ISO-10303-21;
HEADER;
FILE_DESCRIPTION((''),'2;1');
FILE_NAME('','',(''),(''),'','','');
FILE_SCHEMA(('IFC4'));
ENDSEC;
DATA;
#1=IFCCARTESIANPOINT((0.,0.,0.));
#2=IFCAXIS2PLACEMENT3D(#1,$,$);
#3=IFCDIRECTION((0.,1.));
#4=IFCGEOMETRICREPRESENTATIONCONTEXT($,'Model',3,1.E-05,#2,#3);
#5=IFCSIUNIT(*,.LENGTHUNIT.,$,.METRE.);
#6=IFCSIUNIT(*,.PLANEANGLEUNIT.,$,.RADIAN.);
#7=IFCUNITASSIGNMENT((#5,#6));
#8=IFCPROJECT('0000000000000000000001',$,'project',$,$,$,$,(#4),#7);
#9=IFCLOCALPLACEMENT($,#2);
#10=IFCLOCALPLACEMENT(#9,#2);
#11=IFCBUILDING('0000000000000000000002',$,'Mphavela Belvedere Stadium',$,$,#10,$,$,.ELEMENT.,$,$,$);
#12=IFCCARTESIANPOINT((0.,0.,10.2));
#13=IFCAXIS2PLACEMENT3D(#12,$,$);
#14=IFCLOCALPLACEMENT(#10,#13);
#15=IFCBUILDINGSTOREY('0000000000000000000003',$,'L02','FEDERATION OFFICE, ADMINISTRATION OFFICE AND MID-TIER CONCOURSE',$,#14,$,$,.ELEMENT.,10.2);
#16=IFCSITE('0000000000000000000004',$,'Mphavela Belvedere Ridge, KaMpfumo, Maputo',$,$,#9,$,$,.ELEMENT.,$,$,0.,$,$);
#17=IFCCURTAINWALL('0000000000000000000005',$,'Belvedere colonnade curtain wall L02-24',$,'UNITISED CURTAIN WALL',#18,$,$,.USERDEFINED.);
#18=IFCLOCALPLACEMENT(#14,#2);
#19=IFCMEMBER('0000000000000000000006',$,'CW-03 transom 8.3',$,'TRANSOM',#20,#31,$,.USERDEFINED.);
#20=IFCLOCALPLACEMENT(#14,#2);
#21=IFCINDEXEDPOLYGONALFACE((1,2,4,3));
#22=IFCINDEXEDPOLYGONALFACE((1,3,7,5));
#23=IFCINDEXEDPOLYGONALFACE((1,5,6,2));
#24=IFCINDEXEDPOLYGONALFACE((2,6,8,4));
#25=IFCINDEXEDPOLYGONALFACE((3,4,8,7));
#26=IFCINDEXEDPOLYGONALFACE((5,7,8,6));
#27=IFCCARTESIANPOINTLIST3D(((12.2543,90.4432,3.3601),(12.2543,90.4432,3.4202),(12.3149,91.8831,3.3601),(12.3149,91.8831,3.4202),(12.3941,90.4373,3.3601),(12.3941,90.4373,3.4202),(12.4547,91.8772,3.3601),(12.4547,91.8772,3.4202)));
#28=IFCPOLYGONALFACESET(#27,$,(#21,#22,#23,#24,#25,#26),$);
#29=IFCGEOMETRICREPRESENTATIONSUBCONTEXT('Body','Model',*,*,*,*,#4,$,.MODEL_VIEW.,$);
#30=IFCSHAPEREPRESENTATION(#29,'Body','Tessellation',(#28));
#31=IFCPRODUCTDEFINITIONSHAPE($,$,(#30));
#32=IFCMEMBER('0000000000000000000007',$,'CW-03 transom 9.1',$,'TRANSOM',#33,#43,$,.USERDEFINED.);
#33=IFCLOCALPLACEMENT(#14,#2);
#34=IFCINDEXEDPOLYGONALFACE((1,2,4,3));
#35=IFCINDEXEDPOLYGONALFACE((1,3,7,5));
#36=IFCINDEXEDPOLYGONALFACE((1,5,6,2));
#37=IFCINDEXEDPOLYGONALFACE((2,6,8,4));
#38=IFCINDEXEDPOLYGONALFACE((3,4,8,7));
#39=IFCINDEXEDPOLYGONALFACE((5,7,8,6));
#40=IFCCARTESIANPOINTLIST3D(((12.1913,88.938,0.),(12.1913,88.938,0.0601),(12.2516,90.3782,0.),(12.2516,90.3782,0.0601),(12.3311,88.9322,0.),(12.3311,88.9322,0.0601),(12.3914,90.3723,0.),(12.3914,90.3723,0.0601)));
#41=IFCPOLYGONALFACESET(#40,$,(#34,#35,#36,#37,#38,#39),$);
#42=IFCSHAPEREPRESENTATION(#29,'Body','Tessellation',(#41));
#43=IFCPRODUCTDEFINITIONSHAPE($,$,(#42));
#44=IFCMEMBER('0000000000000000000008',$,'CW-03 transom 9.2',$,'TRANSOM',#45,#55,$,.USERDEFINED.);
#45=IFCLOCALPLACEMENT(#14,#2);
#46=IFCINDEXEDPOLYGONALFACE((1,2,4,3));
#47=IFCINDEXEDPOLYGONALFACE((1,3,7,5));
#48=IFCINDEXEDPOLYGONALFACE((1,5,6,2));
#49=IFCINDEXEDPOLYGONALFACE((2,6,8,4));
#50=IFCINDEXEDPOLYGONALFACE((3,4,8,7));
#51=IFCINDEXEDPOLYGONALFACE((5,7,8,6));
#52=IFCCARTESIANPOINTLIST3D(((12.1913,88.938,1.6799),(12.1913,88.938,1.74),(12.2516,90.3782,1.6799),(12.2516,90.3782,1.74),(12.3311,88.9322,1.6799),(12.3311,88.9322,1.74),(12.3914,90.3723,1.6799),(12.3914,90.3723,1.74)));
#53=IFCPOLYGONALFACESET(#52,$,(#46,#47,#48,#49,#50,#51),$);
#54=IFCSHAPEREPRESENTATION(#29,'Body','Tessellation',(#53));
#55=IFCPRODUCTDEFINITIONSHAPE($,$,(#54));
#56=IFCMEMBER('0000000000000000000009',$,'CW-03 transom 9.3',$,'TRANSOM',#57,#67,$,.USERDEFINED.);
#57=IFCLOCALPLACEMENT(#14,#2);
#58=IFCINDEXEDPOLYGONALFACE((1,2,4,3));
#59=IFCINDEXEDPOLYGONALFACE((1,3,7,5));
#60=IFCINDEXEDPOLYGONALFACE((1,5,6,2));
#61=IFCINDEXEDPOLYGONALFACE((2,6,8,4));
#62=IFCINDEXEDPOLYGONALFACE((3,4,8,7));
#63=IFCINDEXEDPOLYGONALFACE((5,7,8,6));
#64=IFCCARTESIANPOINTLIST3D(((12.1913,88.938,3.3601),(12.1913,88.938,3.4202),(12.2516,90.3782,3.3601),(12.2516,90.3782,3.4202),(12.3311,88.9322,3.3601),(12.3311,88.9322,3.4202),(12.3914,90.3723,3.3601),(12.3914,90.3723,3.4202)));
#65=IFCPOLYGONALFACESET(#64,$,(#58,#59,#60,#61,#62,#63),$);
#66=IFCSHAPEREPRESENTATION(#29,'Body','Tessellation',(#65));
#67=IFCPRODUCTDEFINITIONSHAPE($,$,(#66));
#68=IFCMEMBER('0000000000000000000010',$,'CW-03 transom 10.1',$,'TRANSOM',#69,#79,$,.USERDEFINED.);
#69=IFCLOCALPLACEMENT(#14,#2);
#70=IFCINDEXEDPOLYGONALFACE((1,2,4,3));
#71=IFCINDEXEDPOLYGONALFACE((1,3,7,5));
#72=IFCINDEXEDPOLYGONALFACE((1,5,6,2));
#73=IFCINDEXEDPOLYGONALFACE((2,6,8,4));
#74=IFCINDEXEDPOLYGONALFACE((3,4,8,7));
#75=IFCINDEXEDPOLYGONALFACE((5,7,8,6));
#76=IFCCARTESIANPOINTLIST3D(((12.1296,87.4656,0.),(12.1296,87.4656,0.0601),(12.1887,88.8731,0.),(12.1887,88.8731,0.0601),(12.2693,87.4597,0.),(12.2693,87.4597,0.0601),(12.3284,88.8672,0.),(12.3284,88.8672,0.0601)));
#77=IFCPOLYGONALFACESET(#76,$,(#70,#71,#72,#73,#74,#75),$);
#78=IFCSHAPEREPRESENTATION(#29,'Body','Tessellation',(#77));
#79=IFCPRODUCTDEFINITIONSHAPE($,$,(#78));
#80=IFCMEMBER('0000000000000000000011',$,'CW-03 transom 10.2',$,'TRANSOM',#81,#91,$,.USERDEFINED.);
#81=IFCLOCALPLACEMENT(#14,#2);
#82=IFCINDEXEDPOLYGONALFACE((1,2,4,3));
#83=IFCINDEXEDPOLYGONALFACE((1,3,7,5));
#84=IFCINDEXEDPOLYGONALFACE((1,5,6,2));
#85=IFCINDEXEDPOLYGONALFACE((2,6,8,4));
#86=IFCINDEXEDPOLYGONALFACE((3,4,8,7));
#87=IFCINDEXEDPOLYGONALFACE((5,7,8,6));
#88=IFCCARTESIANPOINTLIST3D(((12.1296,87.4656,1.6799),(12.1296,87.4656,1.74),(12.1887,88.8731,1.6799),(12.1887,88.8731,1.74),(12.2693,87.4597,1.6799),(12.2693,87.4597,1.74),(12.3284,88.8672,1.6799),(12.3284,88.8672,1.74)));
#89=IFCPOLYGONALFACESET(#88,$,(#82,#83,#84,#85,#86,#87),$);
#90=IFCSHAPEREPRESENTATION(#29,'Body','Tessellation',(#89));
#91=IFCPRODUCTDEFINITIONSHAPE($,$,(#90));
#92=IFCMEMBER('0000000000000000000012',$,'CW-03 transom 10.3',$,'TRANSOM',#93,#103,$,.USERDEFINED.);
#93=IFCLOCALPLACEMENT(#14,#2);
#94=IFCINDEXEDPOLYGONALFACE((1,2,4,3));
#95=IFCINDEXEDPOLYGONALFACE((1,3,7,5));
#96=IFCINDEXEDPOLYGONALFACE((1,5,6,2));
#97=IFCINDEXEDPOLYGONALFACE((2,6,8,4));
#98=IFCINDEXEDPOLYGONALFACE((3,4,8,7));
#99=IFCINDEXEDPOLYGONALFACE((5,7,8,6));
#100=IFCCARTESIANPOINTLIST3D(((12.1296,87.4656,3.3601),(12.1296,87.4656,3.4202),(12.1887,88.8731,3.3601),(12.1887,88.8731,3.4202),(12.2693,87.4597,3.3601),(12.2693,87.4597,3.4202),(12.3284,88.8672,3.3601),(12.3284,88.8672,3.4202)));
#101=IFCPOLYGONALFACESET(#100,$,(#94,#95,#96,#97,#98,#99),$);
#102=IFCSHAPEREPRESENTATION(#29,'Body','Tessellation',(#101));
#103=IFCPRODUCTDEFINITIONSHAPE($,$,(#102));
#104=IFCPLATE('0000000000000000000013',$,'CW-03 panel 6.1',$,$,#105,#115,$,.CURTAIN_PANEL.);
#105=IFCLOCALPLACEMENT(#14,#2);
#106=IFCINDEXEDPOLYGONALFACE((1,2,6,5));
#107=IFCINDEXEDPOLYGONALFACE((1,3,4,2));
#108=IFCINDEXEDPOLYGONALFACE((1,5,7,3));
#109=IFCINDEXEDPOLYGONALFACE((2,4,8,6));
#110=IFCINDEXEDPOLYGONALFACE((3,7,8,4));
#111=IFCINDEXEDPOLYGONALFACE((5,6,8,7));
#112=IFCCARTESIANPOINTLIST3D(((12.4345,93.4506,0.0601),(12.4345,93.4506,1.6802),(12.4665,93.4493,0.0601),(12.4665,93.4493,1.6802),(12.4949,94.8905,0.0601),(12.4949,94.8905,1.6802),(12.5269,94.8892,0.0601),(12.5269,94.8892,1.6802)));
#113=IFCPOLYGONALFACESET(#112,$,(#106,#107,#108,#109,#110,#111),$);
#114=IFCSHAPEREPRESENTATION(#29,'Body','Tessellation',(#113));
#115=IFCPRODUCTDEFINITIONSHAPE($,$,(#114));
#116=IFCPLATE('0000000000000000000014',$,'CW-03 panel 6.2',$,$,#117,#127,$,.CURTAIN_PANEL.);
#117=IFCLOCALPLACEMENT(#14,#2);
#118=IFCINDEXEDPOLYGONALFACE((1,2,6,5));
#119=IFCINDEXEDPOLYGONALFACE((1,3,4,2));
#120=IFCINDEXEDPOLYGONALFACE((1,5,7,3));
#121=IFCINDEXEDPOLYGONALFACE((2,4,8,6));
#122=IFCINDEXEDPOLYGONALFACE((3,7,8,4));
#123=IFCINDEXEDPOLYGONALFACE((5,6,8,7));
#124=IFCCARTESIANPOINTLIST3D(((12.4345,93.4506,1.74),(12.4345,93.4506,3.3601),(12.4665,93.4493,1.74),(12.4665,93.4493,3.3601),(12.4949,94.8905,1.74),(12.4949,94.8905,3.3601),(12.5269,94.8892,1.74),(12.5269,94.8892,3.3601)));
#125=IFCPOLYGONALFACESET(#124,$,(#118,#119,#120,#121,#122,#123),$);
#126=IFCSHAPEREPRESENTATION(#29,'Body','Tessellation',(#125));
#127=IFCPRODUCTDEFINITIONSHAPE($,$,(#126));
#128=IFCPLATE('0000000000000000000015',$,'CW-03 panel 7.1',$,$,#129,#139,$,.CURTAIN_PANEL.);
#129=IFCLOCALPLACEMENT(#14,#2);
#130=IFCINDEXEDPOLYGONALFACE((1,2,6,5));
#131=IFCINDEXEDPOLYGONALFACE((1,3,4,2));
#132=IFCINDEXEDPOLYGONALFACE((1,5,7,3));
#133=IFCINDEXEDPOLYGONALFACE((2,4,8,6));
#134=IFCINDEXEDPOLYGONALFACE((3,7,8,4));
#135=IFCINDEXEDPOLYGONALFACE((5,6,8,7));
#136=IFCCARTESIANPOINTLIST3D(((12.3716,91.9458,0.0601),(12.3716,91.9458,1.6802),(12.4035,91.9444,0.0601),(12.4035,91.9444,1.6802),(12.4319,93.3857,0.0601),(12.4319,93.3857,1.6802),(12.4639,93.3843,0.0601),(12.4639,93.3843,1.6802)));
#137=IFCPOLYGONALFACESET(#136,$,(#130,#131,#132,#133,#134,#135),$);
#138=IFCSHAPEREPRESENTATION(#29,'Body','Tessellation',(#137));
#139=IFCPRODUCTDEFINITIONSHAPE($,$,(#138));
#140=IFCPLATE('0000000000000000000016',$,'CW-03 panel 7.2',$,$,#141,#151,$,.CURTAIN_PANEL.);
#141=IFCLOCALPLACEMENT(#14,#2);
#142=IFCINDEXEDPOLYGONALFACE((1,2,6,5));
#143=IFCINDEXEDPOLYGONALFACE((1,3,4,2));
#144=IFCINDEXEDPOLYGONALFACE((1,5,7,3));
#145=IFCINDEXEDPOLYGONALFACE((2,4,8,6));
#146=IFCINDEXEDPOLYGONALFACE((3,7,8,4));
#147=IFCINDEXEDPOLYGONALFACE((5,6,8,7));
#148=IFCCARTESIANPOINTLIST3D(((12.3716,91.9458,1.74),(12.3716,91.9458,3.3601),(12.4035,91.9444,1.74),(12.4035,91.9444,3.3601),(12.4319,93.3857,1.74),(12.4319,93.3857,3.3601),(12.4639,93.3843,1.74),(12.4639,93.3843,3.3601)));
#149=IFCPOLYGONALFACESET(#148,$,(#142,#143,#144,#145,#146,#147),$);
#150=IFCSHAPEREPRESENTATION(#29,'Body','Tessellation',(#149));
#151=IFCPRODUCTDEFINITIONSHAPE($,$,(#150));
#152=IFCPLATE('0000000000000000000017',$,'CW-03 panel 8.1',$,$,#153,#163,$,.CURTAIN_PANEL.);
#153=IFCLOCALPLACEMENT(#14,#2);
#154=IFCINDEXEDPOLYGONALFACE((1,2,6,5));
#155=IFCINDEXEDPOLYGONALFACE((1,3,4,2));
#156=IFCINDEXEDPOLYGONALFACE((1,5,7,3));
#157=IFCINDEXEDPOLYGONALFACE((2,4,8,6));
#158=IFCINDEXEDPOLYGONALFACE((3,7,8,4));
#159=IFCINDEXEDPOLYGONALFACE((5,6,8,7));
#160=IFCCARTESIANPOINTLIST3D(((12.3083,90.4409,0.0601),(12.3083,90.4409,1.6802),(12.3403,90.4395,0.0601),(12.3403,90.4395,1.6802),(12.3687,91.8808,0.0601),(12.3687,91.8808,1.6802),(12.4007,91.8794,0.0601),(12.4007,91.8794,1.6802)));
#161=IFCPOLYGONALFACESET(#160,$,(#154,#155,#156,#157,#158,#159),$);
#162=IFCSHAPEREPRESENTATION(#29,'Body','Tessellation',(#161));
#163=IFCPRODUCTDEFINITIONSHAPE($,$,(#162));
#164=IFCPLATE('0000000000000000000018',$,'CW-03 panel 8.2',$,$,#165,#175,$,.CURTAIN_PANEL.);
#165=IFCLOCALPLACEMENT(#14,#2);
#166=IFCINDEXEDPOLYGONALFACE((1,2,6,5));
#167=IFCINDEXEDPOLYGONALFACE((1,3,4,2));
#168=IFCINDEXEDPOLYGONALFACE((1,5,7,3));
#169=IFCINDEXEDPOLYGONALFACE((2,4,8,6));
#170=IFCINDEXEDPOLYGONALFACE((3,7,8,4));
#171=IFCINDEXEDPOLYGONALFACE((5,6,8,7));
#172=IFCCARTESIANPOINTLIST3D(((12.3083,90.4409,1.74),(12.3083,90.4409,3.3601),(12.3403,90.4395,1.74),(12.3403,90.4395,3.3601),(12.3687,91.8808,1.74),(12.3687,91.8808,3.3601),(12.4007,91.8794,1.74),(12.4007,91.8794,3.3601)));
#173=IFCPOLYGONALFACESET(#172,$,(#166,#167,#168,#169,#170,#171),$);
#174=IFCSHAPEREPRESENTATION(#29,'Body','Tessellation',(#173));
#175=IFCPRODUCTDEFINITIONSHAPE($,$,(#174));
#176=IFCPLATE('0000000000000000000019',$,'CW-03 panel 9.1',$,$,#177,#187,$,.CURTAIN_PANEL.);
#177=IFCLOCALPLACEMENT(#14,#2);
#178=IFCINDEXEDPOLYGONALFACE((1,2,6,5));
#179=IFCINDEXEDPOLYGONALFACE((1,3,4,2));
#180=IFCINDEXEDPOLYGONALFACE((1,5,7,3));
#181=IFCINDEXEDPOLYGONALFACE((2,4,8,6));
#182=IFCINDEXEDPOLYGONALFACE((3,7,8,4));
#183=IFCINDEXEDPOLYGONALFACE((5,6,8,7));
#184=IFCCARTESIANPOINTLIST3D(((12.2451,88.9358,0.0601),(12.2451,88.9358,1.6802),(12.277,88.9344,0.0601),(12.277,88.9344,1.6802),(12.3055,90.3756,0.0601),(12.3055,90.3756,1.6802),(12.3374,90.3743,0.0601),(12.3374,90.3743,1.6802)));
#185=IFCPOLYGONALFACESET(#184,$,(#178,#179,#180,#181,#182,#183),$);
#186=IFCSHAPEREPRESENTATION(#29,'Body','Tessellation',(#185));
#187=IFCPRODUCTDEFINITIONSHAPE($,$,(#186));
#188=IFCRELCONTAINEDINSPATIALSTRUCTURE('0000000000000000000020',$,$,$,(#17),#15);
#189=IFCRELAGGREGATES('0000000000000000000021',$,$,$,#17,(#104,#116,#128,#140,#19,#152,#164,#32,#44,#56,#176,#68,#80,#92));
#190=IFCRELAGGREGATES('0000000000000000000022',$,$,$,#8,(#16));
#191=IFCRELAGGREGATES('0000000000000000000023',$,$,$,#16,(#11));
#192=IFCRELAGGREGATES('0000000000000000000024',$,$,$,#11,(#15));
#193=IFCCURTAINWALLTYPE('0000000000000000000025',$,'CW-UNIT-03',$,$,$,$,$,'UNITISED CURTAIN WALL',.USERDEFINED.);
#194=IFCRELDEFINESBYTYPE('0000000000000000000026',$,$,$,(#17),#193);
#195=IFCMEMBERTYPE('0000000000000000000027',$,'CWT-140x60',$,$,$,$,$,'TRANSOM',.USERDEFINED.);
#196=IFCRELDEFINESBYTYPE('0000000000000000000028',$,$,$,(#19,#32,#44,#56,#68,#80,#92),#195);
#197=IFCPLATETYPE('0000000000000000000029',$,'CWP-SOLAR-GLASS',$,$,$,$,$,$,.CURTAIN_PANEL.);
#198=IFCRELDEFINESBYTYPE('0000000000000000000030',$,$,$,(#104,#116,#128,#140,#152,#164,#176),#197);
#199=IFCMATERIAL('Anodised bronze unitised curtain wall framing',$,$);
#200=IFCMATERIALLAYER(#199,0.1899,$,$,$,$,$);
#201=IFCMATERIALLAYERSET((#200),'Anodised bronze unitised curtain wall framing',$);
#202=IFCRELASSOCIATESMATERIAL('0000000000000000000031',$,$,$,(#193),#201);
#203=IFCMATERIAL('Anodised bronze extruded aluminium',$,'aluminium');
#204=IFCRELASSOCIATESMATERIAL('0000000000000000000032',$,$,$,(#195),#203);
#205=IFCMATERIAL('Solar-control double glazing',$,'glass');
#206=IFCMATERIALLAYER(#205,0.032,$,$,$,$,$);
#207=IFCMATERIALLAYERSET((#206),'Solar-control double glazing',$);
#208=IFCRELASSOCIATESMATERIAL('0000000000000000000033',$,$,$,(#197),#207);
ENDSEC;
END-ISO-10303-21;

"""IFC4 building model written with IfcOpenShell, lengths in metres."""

from ifc_helpers import new_model, si_unit, direction, frame, origin, origin_2d, place, context, subcontext, project, spatial, rectangle, extrude, material, layer, layer_set, material_profile, profile_set, type_object, element, aggregate, save


model = new_model("IFC4")

# Units and contexts
model_context = context("Model", 3, precision=1e-05, world=origin(), true_north=direction((0.0, 1.0)))
body_context = subcontext(model_context, "Body", "Model", "MODEL_VIEW")
ifc_project = project(units=[si_unit("LENGTHUNIT", "METRE"), si_unit("PLANEANGLEUNIT", "RADIAN")], contexts=[model_context])

# Site, building, storey
site_placement = place(None, origin())
site = spatial("IfcSite", under=ifc_project, at=site_placement, Name="Mphavela Belvedere Ridge, KaMpfumo, Maputo", CompositionType="ELEMENT", RefElevation=0.0)
building_placement = place(site_placement, origin())
building = spatial("IfcBuilding", under=site, at=building_placement, Name="Mphavela Belvedere Stadium", CompositionType="ELEMENT")
storey_placement = place(building_placement, frame((0.0, 0.0, 10.2)))
storey = spatial("IfcBuildingStorey", under=building, at=storey_placement, Name="L02", Description="FEDERATION OFFICE, ADMINISTRATION OFFICE AND MID-TIER CONCOURSE", CompositionType="ELEMENT", Elevation=10.2)

# Curtain wall, members, plates
ifc_material_1 = material(Name="Anodised bronze unitised curtain wall framing")
ifc_layer_1 = layer(ifc_material_1, 0.1899)
ifc_layer_set_1 = layer_set([ifc_layer_1], Name="Anodised bronze unitised curtain wall framing")
curtain_wall_type = type_object("IfcCurtainWallType", Name="CW-UNIT-03", ElementType="UNITISED CURTAIN WALL", PredefinedType="USERDEFINED", material=ifc_layer_set_1)
curtain_wall_placement = place(storey_placement, origin())
curtain_wall = element("IfcCurtainWall", 1, at=curtain_wall_placement, inside=storey, type_object=curtain_wall_type, Name="Belvedere colonnade curtain wall L02-24", ObjectType="UNITISED CURTAIN WALL", PredefinedType="USERDEFINED")
ifc_material_2 = material(Name="Anodised bronze extruded aluminium", Category="aluminium")
ifc_material_profile_1 = material_profile(ifc_material_2, rectangle(XDim=0.1399, YDim=0.0601, at=origin_2d()), Name="CW-TRN 140x60")
ifc_profile_set_1 = profile_set([ifc_material_profile_1], Name="Anodised bronze extruded aluminium")
member_type_1 = type_object("IfcMemberType", Name="CWT-140x60", ElementType="TRANSOM", PredefinedType="USERDEFINED", material=ifc_profile_set_1)
member_1_placement = place(storey_placement, frame((12.3848, 91.8801, 3.3901), z_axis=(-0.042011, -0.999117, 0.0), x_axis=(0.999117, -0.042011, 0.0)))
member_1 = element("IfcMember", 2, at=member_1_placement, type_object=member_type_1, Name="CW-03 transom 8.3", ObjectType="TRANSOM", PredefinedType="USERDEFINED", context=body_context, shape_type="SweptSolid", body=[
    extrude(rectangle(XDim=0.1399, YDim=0.0601, at=origin_2d()), origin(), (0.0, 0.0, 1.0), 1.4412),
])
member_2_placement = place(storey_placement, frame((12.3215, 90.3752, 0.03), z_axis=(-0.041835, -0.999125, 0.0), x_axis=(0.999125, -0.041835, 0.0)))
member_2 = element("IfcMember", 3, at=member_2_placement, type_object=member_type_1, Name="CW-03 transom 9.1", ObjectType="TRANSOM", PredefinedType="USERDEFINED", context=body_context, shape_type="SweptSolid", body=[
    extrude(rectangle(XDim=0.1399, YDim=0.0601, at=origin_2d()), origin(), (0.0, 0.0, 1.0), 1.4414),
])
member_3_placement = place(storey_placement, frame((12.3215, 90.3752, 1.71), z_axis=(-0.041835, -0.999125, 0.0), x_axis=(0.999125, -0.041835, 0.0)))
member_3 = element("IfcMember", 4, at=member_3_placement, type_object=member_type_1, Name="CW-03 transom 9.2", ObjectType="TRANSOM", PredefinedType="USERDEFINED", context=body_context, shape_type="SweptSolid", body=[
    extrude(rectangle(XDim=0.1399, YDim=0.0601, at=origin_2d()), origin(), (0.0, 0.0, 1.0), 1.4414),
])
member_4_placement = place(storey_placement, frame((12.3215, 90.3752, 3.3901), z_axis=(-0.041835, -0.999125, 0.0), x_axis=(0.999125, -0.041835, 0.0)))
member_4 = element("IfcMember", 5, at=member_4_placement, type_object=member_type_1, Name="CW-03 transom 9.3", ObjectType="TRANSOM", PredefinedType="USERDEFINED", context=body_context, shape_type="SweptSolid", body=[
    extrude(rectangle(XDim=0.1399, YDim=0.0601, at=origin_2d()), origin(), (0.0, 0.0, 1.0), 1.4414),
])
member_5_placement = place(storey_placement, frame((12.2585, 88.8701, 0.03), z_axis=(-0.041941, -0.99912, 0.0), x_axis=(0.99912, -0.041941, 0.0)))
member_5 = element("IfcMember", 6, at=member_5_placement, type_object=member_type_1, Name="CW-03 transom 10.1", ObjectType="TRANSOM", PredefinedType="USERDEFINED", context=body_context, shape_type="SweptSolid", body=[
    extrude(rectangle(XDim=0.1399, YDim=0.0601, at=origin_2d()), origin(), (0.0, 0.0, 1.0), 1.4087),
])
member_6_placement = place(storey_placement, frame((12.2585, 88.8701, 1.71), z_axis=(-0.041941, -0.99912, 0.0), x_axis=(0.99912, -0.041941, 0.0)))
member_6 = element("IfcMember", 7, at=member_6_placement, type_object=member_type_1, Name="CW-03 transom 10.2", ObjectType="TRANSOM", PredefinedType="USERDEFINED", context=body_context, shape_type="SweptSolid", body=[
    extrude(rectangle(XDim=0.1399, YDim=0.0601, at=origin_2d()), origin(), (0.0, 0.0, 1.0), 1.4087),
])
member_7_placement = place(storey_placement, frame((12.2585, 88.8701, 3.3901), z_axis=(-0.041941, -0.99912, 0.0), x_axis=(0.99912, -0.041941, 0.0)))
member_7 = element("IfcMember", 8, at=member_7_placement, type_object=member_type_1, Name="CW-03 transom 10.3", ObjectType="TRANSOM", PredefinedType="USERDEFINED", context=body_context, shape_type="SweptSolid", body=[
    extrude(rectangle(XDim=0.1399, YDim=0.0601, at=origin_2d()), origin(), (0.0, 0.0, 1.0), 1.4087),
])
ifc_material_3 = material(Name="Solar-control double glazing", Category="glass")
ifc_layer_2 = layer(ifc_material_3, 0.032)
ifc_layer_set_2 = layer_set([ifc_layer_2], Name="Solar-control double glazing")
plate_type = type_object("IfcPlateType", Name="CWP-SOLAR-GLASS", PredefinedType="CURTAIN_PANEL", material=ifc_layer_set_2)
plate_1_placement = place(storey_placement, frame((12.4807, 94.1699, 0.0601), z_axis=(0.0, 0.0, 1.0), x_axis=(-0.041904, -0.999122, 0.0)))
plate_1 = element("IfcPlate", 9, at=plate_1_placement, type_object=plate_type, Name="CW-03 panel 6.1", PredefinedType="CURTAIN_PANEL", context=body_context, shape_type="SweptSolid", body=[
    extrude(rectangle(XDim=1.4412, YDim=0.032, at=origin_2d()), origin(), (0.0, 0.0, 1.0), 1.6201),
])
plate_2_placement = place(storey_placement, frame((12.4807, 94.1699, 1.74), z_axis=(0.0, 0.0, 1.0), x_axis=(-0.041904, -0.999122, 0.0)))
plate_2 = element("IfcPlate", 10, at=plate_2_placement, type_object=plate_type, Name="CW-03 panel 6.2", PredefinedType="CURTAIN_PANEL", context=body_context, shape_type="SweptSolid", body=[
    extrude(rectangle(XDim=1.4412, YDim=0.032, at=origin_2d()), origin(), (0.0, 0.0, 1.0), 1.6201),
])
plate_3_placement = place(storey_placement, frame((12.4177, 92.665, 0.0601), z_axis=(0.0, 0.0, 1.0), x_axis=(-0.041904, -0.999122, 0.0)))
plate_3 = element("IfcPlate", 11, at=plate_3_placement, type_object=plate_type, Name="CW-03 panel 7.1", PredefinedType="CURTAIN_PANEL", context=body_context, shape_type="SweptSolid", body=[
    extrude(rectangle(XDim=1.4412, YDim=0.032, at=origin_2d()), origin(), (0.0, 0.0, 1.0), 1.6201),
])
plate_4_placement = place(storey_placement, frame((12.4177, 92.665, 1.74), z_axis=(0.0, 0.0, 1.0), x_axis=(-0.041904, -0.999122, 0.0)))
plate_4 = element("IfcPlate", 12, at=plate_4_placement, type_object=plate_type, Name="CW-03 panel 7.2", PredefinedType="CURTAIN_PANEL", context=body_context, shape_type="SweptSolid", body=[
    extrude(rectangle(XDim=1.4412, YDim=0.032, at=origin_2d()), origin(), (0.0, 0.0, 1.0), 1.6201),
])
plate_5_placement = place(storey_placement, frame((12.3545, 91.1602, 0.0601), z_axis=(0.0, 0.0, 1.0), x_axis=(-0.041904, -0.999122, 0.0)))
plate_5 = element("IfcPlate", 13, at=plate_5_placement, type_object=plate_type, Name="CW-03 panel 8.1", PredefinedType="CURTAIN_PANEL", context=body_context, shape_type="SweptSolid", body=[
    extrude(rectangle(XDim=1.4412, YDim=0.032, at=origin_2d()), origin(), (0.0, 0.0, 1.0), 1.6201),
])
plate_6_placement = place(storey_placement, frame((12.3545, 91.1602, 1.74), z_axis=(0.0, 0.0, 1.0), x_axis=(-0.041904, -0.999122, 0.0)))
plate_6 = element("IfcPlate", 14, at=plate_6_placement, type_object=plate_type, Name="CW-03 panel 8.2", PredefinedType="CURTAIN_PANEL", context=body_context, shape_type="SweptSolid", body=[
    extrude(rectangle(XDim=1.4412, YDim=0.032, at=origin_2d()), origin(), (0.0, 0.0, 1.0), 1.6201),
])
plate_7_placement = place(storey_placement, frame((12.2913, 89.655, 0.0601), z_axis=(0.0, 0.0, 1.0), x_axis=(-0.041904, -0.999122, 0.0)))
plate_7 = element("IfcPlate", 15, at=plate_7_placement, type_object=plate_type, Name="CW-03 panel 9.1", PredefinedType="CURTAIN_PANEL", context=body_context, shape_type="SweptSolid", body=[
    extrude(rectangle(XDim=1.4412, YDim=0.032, at=origin_2d()), origin(), (0.0, 0.0, 1.0), 1.6201),
])
aggregate(curtain_wall, [plate_1, plate_2, plate_3, plate_4, member_1, plate_5, plate_6, member_2, member_3, member_4, plate_7, member_5, member_6, member_7])

save(model, "model.ifc")
